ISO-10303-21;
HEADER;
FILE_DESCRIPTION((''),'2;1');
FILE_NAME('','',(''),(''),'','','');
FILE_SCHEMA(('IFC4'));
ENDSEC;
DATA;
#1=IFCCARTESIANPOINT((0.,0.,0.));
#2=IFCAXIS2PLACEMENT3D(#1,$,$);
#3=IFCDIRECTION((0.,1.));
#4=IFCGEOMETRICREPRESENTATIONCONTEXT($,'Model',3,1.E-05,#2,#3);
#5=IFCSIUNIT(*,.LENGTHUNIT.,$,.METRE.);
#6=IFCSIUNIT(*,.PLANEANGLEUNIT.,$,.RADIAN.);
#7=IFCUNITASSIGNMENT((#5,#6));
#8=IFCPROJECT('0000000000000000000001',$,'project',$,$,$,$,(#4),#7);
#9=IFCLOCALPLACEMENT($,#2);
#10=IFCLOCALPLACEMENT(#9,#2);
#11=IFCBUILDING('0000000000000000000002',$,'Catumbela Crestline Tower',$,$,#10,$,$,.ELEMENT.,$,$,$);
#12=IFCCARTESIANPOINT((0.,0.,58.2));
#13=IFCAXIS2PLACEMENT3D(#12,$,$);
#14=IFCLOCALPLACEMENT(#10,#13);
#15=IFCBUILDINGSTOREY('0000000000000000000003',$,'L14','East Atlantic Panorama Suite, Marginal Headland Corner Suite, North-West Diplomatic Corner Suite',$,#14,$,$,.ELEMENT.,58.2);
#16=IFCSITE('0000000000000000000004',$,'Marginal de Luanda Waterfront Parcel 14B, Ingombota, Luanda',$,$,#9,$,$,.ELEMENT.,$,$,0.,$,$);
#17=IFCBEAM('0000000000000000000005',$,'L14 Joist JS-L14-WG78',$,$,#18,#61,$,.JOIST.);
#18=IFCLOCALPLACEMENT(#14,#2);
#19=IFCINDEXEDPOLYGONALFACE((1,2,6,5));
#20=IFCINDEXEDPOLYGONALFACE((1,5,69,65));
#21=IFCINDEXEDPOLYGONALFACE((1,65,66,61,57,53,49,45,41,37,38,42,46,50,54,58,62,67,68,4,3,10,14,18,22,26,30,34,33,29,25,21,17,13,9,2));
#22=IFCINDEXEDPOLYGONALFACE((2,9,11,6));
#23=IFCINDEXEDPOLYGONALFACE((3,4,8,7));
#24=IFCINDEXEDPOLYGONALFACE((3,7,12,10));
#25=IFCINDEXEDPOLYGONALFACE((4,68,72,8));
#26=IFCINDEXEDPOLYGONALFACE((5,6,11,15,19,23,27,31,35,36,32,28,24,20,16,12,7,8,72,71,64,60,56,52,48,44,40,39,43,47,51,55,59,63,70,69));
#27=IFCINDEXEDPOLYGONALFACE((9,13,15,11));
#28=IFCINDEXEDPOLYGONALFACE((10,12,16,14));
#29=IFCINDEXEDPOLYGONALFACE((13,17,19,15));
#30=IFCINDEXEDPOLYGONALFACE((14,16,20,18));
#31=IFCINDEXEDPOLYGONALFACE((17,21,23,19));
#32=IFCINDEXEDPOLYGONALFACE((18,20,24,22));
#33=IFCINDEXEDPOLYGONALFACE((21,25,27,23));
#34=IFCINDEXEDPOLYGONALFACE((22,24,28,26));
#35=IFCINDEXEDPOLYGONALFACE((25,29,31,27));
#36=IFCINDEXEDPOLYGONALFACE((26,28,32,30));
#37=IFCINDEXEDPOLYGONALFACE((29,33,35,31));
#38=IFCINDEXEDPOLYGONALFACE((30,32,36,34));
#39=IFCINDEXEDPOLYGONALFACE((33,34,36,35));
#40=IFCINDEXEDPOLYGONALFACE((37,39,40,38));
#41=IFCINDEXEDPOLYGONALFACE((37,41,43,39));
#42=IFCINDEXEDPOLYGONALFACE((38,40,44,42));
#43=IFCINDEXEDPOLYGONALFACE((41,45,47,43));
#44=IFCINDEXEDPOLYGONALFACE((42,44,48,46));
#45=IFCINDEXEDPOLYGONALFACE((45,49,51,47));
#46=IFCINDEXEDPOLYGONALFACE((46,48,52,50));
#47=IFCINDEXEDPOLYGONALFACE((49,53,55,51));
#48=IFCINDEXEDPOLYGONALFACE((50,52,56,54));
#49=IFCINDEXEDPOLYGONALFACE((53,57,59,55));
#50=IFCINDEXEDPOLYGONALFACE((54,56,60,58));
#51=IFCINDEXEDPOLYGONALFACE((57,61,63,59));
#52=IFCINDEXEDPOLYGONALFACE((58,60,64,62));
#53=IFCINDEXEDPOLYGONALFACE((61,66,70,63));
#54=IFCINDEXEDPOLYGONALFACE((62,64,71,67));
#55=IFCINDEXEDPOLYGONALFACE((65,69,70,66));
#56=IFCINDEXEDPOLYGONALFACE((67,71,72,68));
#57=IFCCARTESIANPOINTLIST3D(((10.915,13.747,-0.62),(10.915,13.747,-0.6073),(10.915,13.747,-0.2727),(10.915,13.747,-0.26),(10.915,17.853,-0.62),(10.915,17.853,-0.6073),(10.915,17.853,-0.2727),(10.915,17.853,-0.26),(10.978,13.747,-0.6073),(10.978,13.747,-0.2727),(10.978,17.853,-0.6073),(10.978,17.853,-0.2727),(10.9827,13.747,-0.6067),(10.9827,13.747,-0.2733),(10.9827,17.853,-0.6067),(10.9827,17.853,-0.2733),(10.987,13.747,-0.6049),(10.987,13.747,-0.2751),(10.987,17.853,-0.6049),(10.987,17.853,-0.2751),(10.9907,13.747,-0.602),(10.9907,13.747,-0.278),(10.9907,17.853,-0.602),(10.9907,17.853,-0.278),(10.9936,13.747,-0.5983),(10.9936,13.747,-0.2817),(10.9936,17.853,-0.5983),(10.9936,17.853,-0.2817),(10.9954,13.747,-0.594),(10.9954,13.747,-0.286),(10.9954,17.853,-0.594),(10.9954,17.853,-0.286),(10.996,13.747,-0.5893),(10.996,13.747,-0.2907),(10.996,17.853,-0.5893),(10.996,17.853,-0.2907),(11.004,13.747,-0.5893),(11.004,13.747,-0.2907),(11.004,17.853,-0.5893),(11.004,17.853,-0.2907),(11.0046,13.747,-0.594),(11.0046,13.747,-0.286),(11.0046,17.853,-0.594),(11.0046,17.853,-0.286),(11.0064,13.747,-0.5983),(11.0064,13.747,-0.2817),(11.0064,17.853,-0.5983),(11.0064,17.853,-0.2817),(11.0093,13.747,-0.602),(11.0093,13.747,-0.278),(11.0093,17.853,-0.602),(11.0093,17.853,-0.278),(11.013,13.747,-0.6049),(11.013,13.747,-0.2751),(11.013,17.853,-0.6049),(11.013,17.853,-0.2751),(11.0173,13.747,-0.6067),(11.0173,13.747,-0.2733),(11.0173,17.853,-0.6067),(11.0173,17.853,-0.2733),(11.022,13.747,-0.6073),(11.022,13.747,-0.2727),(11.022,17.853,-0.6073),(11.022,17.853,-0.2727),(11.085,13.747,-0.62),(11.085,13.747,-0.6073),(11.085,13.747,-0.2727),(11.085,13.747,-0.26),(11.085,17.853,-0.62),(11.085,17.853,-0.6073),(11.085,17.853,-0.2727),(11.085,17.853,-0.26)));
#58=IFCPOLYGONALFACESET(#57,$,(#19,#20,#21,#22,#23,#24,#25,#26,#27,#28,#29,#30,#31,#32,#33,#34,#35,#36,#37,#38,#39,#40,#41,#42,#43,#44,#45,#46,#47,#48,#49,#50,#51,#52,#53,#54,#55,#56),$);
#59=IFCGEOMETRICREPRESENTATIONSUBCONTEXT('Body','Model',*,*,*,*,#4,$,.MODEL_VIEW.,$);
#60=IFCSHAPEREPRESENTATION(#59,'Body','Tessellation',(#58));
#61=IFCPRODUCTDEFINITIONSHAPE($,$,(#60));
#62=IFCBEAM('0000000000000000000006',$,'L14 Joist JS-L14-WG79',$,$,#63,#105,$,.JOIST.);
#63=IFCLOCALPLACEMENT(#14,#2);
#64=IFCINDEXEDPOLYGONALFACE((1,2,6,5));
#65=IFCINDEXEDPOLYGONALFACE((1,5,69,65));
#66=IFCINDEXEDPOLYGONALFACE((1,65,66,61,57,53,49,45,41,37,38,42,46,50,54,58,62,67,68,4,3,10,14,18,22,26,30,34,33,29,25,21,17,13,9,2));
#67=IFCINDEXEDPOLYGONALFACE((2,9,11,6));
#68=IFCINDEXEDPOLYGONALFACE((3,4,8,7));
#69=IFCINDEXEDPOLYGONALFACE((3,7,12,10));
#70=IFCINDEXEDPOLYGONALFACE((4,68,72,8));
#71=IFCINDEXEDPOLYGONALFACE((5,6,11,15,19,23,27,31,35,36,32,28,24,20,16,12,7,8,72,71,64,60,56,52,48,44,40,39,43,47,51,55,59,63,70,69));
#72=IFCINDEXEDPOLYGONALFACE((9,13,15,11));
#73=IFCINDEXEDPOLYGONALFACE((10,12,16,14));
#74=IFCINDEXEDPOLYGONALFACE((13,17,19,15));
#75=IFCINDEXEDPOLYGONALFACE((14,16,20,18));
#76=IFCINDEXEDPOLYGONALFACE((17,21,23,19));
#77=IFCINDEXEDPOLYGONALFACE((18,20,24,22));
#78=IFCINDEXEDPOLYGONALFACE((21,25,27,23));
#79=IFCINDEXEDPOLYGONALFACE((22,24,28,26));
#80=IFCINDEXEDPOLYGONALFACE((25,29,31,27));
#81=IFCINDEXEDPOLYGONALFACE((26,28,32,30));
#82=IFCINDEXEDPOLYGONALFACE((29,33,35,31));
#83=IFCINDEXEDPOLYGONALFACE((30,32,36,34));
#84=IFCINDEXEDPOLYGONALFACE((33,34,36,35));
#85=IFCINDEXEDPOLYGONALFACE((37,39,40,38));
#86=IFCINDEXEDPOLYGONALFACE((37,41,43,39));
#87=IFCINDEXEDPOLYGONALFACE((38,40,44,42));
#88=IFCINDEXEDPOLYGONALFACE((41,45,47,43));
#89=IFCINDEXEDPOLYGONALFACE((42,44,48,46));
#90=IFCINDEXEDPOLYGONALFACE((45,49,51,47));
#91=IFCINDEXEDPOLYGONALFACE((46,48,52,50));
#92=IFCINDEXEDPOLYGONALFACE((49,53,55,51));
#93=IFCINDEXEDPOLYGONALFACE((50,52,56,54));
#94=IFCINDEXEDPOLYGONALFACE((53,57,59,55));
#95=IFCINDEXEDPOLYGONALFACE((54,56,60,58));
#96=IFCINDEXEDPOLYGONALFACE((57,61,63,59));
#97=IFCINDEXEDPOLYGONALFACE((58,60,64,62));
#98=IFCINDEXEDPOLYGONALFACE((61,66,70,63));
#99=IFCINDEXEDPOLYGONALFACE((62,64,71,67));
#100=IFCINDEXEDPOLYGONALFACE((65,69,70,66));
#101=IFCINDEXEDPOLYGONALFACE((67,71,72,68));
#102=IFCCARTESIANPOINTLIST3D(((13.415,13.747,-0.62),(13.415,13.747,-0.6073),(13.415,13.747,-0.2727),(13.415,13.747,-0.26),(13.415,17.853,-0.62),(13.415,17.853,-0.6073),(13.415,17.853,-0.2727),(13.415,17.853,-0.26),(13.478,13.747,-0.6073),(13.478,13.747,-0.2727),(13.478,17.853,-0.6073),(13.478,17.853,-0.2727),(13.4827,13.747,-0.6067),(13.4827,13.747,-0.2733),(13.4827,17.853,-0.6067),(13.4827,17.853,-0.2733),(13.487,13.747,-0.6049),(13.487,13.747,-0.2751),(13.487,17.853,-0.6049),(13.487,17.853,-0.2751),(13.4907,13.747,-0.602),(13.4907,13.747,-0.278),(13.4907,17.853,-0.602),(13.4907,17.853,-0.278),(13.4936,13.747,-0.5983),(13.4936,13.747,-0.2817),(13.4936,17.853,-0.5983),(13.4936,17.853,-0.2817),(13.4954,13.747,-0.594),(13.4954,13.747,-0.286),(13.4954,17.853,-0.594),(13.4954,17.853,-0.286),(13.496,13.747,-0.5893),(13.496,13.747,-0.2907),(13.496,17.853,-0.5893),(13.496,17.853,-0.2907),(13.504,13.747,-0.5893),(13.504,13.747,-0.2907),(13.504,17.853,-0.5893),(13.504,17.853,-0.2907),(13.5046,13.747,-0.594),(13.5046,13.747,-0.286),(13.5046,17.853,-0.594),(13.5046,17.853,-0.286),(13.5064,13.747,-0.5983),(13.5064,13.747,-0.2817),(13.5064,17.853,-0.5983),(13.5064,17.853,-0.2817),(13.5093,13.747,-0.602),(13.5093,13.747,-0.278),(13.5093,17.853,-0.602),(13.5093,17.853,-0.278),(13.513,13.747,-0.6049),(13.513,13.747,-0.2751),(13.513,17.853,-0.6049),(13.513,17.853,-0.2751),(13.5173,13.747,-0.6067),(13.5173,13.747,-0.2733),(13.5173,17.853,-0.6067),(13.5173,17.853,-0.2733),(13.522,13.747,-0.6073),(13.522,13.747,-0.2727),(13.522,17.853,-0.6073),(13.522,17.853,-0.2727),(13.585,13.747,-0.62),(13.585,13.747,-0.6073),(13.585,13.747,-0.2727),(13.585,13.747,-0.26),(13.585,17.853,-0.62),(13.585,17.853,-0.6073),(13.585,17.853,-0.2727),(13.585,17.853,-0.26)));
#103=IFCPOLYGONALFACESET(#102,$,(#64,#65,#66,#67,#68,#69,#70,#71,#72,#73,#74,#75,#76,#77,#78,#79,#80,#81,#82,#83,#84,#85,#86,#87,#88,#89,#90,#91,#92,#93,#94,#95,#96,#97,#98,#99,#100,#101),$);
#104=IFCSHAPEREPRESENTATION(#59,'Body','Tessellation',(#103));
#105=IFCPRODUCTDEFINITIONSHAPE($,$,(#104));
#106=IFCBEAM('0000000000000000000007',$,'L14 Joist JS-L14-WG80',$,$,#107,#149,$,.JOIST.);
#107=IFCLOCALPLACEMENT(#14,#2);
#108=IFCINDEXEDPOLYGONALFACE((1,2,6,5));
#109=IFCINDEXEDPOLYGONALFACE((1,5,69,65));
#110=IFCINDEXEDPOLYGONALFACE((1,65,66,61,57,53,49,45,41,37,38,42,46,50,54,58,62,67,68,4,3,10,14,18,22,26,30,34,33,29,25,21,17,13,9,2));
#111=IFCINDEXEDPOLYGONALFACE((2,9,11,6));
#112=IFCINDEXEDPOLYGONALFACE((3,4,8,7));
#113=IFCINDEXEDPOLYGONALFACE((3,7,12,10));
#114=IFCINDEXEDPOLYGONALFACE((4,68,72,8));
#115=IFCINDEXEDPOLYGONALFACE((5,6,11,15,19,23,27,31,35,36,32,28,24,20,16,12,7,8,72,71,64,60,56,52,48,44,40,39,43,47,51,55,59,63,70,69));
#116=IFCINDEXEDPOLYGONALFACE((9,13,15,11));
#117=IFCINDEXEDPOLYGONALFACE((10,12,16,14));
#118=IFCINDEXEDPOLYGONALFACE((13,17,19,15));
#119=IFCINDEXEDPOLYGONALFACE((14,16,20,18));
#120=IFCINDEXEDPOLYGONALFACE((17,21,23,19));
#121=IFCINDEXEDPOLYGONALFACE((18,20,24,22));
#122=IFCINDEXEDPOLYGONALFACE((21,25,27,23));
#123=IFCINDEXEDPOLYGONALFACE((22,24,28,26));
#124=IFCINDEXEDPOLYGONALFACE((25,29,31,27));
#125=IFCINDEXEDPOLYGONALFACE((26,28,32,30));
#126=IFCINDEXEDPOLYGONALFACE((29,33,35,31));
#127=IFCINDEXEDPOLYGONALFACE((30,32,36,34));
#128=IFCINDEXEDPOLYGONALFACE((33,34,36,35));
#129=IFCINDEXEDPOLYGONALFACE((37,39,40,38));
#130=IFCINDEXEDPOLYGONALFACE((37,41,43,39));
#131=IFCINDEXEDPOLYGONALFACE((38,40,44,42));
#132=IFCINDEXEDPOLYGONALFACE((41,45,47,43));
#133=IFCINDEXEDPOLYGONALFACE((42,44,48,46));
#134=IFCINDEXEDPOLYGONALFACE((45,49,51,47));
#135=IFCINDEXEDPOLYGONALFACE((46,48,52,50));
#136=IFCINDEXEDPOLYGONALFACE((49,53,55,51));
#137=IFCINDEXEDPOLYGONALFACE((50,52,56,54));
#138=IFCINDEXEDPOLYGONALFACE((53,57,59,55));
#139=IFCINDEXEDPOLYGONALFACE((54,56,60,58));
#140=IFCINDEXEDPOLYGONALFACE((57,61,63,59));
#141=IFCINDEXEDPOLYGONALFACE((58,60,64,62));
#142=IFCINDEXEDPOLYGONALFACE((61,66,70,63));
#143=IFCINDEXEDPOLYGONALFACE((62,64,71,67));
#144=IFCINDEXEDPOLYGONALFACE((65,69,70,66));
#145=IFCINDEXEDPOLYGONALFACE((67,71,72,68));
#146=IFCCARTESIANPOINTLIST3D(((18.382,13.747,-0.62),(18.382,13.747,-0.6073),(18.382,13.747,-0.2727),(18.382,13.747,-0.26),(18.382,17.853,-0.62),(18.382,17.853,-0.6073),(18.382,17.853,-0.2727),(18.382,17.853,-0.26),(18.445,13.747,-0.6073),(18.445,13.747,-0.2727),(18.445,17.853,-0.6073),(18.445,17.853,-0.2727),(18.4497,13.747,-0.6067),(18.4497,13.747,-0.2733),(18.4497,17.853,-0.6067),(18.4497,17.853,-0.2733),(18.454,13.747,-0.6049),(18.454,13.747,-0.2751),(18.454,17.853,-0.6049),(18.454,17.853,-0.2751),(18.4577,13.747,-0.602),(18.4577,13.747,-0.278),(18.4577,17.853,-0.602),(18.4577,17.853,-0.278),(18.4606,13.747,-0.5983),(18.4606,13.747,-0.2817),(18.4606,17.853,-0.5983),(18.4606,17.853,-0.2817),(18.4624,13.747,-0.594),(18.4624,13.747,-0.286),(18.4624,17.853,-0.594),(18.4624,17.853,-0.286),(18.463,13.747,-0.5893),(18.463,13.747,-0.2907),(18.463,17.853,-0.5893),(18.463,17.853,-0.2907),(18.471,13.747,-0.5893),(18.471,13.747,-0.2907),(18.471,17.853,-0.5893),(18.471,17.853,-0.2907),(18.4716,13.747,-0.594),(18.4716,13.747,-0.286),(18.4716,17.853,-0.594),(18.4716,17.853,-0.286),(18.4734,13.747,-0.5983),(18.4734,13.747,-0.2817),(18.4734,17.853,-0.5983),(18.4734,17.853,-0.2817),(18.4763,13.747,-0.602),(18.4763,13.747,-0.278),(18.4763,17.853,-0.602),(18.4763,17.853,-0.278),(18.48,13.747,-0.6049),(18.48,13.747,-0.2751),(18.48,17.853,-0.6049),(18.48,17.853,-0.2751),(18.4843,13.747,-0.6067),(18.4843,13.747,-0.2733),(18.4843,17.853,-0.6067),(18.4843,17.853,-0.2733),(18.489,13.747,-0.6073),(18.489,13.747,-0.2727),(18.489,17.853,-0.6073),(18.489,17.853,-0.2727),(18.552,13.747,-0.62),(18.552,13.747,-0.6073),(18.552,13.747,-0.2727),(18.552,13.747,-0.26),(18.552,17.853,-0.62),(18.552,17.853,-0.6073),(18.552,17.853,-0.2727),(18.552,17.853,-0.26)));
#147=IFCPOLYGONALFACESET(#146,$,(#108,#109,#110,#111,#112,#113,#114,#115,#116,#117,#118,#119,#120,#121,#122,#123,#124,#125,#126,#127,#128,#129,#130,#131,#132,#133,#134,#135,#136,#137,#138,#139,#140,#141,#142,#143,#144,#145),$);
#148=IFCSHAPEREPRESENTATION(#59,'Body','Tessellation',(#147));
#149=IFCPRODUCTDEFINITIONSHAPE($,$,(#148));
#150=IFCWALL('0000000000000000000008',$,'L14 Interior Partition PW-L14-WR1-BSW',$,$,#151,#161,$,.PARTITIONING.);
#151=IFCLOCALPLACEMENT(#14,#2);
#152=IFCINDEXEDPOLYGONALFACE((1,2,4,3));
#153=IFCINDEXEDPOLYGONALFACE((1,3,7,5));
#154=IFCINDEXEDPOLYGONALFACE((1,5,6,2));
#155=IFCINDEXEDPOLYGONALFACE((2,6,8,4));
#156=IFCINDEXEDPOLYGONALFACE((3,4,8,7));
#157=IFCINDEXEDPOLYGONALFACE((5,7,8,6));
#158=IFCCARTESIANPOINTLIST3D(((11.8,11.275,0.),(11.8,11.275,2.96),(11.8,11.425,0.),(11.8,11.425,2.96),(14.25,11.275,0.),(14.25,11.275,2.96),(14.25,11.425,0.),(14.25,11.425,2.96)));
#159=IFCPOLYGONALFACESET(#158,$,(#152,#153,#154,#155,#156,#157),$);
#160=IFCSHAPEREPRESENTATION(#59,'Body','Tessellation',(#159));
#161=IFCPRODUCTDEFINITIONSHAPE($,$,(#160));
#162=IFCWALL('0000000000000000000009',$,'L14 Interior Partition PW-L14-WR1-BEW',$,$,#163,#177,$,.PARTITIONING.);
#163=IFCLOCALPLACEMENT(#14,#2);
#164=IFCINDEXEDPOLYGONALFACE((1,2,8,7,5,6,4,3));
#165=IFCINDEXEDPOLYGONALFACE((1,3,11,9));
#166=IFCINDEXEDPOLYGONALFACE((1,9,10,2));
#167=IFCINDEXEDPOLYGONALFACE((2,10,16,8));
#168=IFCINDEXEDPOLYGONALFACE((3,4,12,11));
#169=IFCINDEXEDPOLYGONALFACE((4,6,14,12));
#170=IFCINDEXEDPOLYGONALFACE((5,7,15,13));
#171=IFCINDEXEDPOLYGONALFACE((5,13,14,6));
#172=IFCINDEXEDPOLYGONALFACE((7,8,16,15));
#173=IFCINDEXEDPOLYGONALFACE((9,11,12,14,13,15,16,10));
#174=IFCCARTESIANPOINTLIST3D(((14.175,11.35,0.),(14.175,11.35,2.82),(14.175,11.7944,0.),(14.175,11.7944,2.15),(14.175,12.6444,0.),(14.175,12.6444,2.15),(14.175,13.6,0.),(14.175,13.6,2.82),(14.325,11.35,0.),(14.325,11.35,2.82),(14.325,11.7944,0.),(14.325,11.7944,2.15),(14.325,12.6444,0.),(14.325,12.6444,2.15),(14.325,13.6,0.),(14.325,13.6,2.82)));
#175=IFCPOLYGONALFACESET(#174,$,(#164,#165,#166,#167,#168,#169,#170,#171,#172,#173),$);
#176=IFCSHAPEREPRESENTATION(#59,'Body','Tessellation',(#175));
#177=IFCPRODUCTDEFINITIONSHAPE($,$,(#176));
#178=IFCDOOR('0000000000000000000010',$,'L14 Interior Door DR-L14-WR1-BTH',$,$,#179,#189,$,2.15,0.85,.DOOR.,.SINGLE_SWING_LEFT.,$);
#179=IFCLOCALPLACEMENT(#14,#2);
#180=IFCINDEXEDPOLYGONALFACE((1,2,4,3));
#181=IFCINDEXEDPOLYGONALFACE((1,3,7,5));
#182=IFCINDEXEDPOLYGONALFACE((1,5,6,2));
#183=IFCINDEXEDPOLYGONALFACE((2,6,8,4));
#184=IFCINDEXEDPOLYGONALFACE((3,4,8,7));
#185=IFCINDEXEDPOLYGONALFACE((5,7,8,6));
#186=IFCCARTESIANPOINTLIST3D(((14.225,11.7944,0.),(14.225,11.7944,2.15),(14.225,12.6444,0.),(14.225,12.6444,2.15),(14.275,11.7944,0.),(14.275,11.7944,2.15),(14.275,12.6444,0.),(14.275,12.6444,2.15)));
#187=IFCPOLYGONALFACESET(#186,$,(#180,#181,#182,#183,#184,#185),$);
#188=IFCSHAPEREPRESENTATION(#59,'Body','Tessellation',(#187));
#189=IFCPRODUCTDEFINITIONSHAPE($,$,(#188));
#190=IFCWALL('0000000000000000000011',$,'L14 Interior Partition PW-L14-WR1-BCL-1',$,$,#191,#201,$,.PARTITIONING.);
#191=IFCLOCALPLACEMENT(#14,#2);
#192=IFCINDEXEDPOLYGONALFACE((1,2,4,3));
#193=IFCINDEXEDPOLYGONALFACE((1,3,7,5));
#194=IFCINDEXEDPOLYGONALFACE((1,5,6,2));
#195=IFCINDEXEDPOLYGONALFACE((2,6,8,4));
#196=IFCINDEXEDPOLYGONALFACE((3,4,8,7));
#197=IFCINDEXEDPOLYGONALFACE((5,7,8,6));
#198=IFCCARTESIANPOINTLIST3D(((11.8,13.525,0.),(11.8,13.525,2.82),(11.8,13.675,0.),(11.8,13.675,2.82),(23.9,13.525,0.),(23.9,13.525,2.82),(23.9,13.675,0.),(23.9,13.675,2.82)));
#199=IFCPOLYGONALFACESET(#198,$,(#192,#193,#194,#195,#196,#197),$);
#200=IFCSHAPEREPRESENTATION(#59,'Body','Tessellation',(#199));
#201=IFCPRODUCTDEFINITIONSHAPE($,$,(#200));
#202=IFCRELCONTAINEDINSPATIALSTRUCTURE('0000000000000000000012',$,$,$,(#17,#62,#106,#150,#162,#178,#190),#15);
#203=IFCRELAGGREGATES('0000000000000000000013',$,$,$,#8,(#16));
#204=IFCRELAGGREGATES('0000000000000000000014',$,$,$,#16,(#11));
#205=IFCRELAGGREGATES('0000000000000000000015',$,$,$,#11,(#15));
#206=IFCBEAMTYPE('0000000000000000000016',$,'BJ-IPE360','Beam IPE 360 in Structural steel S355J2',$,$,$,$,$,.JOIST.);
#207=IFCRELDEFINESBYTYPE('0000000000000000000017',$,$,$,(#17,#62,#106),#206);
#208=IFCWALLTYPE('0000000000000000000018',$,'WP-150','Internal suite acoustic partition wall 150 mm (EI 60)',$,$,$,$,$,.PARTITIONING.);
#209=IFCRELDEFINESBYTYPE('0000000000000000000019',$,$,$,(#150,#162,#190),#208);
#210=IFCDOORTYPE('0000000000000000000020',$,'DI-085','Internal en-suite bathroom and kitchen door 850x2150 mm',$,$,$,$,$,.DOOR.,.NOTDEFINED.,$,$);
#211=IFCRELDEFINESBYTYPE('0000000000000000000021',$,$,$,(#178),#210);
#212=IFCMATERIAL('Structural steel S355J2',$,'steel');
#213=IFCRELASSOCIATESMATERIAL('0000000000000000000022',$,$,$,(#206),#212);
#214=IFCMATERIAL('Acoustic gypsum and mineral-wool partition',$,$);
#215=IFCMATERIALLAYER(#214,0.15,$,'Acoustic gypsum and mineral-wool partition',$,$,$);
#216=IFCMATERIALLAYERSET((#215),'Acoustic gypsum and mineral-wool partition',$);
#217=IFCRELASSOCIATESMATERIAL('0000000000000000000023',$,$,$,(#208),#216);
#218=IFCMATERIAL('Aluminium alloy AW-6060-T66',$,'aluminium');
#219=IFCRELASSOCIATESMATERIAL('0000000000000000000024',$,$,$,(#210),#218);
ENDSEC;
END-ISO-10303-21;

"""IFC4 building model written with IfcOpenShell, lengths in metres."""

from ifc_helpers import new_model, si_unit, direction, frame, frame_2d, origin, origin_2d, place, context, subcontext, project, spatial, rectangle, i_section, extrude, material, layer, layer_set, material_profile, profile_set, type_object, element, fill, save


model = new_model("IFC4")

# Units and contexts
model_context = context("Model", 3, precision=1e-05, world=origin(), true_north=direction((0.0, 1.0)))
body_context = subcontext(model_context, "Body", "Model", "MODEL_VIEW")
ifc_project = project(units=[si_unit("LENGTHUNIT", "METRE"), si_unit("PLANEANGLEUNIT", "RADIAN")], contexts=[model_context])

# Site, building, storey
site_placement = place(None, origin())
site = spatial("IfcSite", under=ifc_project, at=site_placement, Name="Marginal de Luanda Waterfront Parcel 14B, Ingombota, Luanda", CompositionType="ELEMENT", RefElevation=0.0)
building_placement = place(site_placement, origin())
building = spatial("IfcBuilding", under=site, at=building_placement, Name="Catumbela Crestline Tower", CompositionType="ELEMENT")
storey_placement = place(building_placement, frame((0.0, 0.0, 58.2)))
storey = spatial("IfcBuildingStorey", under=building, at=storey_placement, Name="L14", Description="East Atlantic Panorama Suite, Marginal Headland Corner Suite, North-West Diplomatic Corner Suite", CompositionType="ELEMENT", Elevation=58.2)

# Beams
ifc_material_1 = material(Name="Structural steel S355J2", Category="steel")
ifc_material_profile_1 = material_profile(ifc_material_1, i_section(OverallWidth=0.17, OverallDepth=0.36, WebThickness=0.008, FlangeThickness=0.0127, FilletRadius=0.018, at=origin_2d()), Name="IPE 360")
ifc_profile_set_1 = profile_set([ifc_material_profile_1], Name="Structural steel S355J2")
beam_type_1 = type_object("IfcBeamType", Name="BJ-IPE360", Description="Beam IPE 360 in Structural steel S355J2", PredefinedType="JOIST", material=ifc_profile_set_1)
for number, where, z_axis, x_axis, name in (
    (1, (11.0, 13.747, -0.44), (0.0, 1.0, 0.0), (-1.0, 0.0, 0.0), "L14 Joist JS-L14-WG78"),
    (2, (13.5, 13.747, -0.44), (0.0, 1.0, 0.0), (-1.0, 0.0, 0.0), "L14 Joist JS-L14-WG79"),
    (3, (18.467, 13.747, -0.44), (0.0, 1.0, 0.0), (-1.0, 0.0, 0.0), "L14 Joist JS-L14-WG80"),
):
    element("IfcBeam", number, at=place(storey_placement, frame(where, z_axis=z_axis, x_axis=x_axis)), inside=storey, type_object=beam_type_1, Name=name, PredefinedType="JOIST", context=body_context, shape_type="SweptSolid", body=[
        extrude(i_section(OverallWidth=0.17, OverallDepth=0.36, WebThickness=0.008, FlangeThickness=0.0127, FilletRadius=0.018, at=origin_2d()), origin(), (0.0, 0.0, 1.0), 4.106),
    ])

# Wall
ifc_material_2 = material(Name="Acoustic gypsum and mineral-wool partition")
ifc_layer = layer(ifc_material_2, 0.15, Name="Acoustic gypsum and mineral-wool partition")
ifc_layer_set = layer_set([ifc_layer], Name="Acoustic gypsum and mineral-wool partition")
wall_type = type_object("IfcWallType", Name="WP-150", Description="Internal suite acoustic partition wall 150 mm (EI 60)", PredefinedType="PARTITIONING", material=ifc_layer_set)
wall_1_placement = place(storey_placement, frame((11.8, 11.35, 0.0), z_axis=(0.0, 0.0, 1.0), x_axis=(1.0, 0.0, 0.0)))
element("IfcWall", 4, at=wall_1_placement, inside=storey, type_object=wall_type, Name="L14 Interior Partition PW-L14-WR1-BSW", PredefinedType="PARTITIONING", context=body_context, shape_type="SweptSolid", body=[
    extrude(rectangle(XDim=2.45, YDim=0.15, at=frame_2d((1.225, 0.0))), origin(), (0.0, 0.0, 1.0), 2.96),
])

# Wall, opening, door
wall_2_placement = place(storey_placement, frame((14.25, 11.35, 0.0), z_axis=(0.0, 0.0, 1.0), x_axis=(0.0, 1.0, 0.0)))
wall_2 = element("IfcWall", 5, at=wall_2_placement, inside=storey, type_object=wall_type, Name="L14 Interior Partition PW-L14-WR1-BEW", PredefinedType="PARTITIONING", context=body_context, shape_type="SweptSolid", body=[
    extrude(rectangle(XDim=2.25, YDim=0.15, at=frame_2d((1.125, 0.0))), origin(), (0.0, 0.0, 1.0), 2.82),
])
opening_1_placement = place(wall_2_placement, frame((0.4444, 0.0, 0.0)))
opening_1 = element("IfcOpeningElement", 6, at=opening_1_placement, cuts=wall_2, PredefinedType="OPENING", context=body_context, shape_type="SweptSolid", body=[
    extrude(rectangle(XDim=0.85, YDim=2.15, at=frame_2d((0.425, 1.075))), frame((0.0, 0.085, 0.0), z_axis=(0.0, -1.0, 0.0), x_axis=(1.0, 0.0, 0.0)), (0.0, 0.0, 1.0), 0.17),
])
ifc_material_3 = material(Name="Aluminium alloy AW-6060-T66", Category="aluminium")
door_type = type_object("IfcDoorType", Name="DI-085", Description="Internal en-suite bathroom and kitchen door 850x2150 mm", OperationType="NOTDEFINED", PredefinedType="DOOR", material=ifc_material_3)
door_1_placement = place(opening_1_placement, origin())
door_1 = element("IfcDoor", 7, at=door_1_placement, inside=storey, type_object=door_type, Name="L14 Interior Door DR-L14-WR1-BTH", OperationType="SINGLE_SWING_LEFT", OverallHeight=2.15, OverallWidth=0.85, PredefinedType="DOOR", context=body_context, shape_type="SweptSolid", body=[
    extrude(rectangle(XDim=0.85, YDim=2.15, at=frame_2d((0.425, 1.075))), frame((0.0, 0.025, 0.0), z_axis=(0.0, -1.0, 0.0), x_axis=(1.0, 0.0, 0.0)), (0.0, 0.0, 1.0), 0.05),
])
fill(opening_1, door_1)

# Wall
wall_3_placement = place(storey_placement, frame((11.8, 13.6, 0.0), z_axis=(0.0, 0.0, 1.0), x_axis=(1.0, 0.0, 0.0)))
element("IfcWall", 8, at=wall_3_placement, inside=storey, type_object=wall_type, Name="L14 Interior Partition PW-L14-WR1-BCL-1", PredefinedType="PARTITIONING", context=body_context, shape_type="SweptSolid", body=[
    extrude(rectangle(XDim=12.1, YDim=0.15, at=frame_2d((6.05, 0.0))), origin(), (0.0, 0.0, 1.0), 2.82),
])

save(model, "model.ifc")
